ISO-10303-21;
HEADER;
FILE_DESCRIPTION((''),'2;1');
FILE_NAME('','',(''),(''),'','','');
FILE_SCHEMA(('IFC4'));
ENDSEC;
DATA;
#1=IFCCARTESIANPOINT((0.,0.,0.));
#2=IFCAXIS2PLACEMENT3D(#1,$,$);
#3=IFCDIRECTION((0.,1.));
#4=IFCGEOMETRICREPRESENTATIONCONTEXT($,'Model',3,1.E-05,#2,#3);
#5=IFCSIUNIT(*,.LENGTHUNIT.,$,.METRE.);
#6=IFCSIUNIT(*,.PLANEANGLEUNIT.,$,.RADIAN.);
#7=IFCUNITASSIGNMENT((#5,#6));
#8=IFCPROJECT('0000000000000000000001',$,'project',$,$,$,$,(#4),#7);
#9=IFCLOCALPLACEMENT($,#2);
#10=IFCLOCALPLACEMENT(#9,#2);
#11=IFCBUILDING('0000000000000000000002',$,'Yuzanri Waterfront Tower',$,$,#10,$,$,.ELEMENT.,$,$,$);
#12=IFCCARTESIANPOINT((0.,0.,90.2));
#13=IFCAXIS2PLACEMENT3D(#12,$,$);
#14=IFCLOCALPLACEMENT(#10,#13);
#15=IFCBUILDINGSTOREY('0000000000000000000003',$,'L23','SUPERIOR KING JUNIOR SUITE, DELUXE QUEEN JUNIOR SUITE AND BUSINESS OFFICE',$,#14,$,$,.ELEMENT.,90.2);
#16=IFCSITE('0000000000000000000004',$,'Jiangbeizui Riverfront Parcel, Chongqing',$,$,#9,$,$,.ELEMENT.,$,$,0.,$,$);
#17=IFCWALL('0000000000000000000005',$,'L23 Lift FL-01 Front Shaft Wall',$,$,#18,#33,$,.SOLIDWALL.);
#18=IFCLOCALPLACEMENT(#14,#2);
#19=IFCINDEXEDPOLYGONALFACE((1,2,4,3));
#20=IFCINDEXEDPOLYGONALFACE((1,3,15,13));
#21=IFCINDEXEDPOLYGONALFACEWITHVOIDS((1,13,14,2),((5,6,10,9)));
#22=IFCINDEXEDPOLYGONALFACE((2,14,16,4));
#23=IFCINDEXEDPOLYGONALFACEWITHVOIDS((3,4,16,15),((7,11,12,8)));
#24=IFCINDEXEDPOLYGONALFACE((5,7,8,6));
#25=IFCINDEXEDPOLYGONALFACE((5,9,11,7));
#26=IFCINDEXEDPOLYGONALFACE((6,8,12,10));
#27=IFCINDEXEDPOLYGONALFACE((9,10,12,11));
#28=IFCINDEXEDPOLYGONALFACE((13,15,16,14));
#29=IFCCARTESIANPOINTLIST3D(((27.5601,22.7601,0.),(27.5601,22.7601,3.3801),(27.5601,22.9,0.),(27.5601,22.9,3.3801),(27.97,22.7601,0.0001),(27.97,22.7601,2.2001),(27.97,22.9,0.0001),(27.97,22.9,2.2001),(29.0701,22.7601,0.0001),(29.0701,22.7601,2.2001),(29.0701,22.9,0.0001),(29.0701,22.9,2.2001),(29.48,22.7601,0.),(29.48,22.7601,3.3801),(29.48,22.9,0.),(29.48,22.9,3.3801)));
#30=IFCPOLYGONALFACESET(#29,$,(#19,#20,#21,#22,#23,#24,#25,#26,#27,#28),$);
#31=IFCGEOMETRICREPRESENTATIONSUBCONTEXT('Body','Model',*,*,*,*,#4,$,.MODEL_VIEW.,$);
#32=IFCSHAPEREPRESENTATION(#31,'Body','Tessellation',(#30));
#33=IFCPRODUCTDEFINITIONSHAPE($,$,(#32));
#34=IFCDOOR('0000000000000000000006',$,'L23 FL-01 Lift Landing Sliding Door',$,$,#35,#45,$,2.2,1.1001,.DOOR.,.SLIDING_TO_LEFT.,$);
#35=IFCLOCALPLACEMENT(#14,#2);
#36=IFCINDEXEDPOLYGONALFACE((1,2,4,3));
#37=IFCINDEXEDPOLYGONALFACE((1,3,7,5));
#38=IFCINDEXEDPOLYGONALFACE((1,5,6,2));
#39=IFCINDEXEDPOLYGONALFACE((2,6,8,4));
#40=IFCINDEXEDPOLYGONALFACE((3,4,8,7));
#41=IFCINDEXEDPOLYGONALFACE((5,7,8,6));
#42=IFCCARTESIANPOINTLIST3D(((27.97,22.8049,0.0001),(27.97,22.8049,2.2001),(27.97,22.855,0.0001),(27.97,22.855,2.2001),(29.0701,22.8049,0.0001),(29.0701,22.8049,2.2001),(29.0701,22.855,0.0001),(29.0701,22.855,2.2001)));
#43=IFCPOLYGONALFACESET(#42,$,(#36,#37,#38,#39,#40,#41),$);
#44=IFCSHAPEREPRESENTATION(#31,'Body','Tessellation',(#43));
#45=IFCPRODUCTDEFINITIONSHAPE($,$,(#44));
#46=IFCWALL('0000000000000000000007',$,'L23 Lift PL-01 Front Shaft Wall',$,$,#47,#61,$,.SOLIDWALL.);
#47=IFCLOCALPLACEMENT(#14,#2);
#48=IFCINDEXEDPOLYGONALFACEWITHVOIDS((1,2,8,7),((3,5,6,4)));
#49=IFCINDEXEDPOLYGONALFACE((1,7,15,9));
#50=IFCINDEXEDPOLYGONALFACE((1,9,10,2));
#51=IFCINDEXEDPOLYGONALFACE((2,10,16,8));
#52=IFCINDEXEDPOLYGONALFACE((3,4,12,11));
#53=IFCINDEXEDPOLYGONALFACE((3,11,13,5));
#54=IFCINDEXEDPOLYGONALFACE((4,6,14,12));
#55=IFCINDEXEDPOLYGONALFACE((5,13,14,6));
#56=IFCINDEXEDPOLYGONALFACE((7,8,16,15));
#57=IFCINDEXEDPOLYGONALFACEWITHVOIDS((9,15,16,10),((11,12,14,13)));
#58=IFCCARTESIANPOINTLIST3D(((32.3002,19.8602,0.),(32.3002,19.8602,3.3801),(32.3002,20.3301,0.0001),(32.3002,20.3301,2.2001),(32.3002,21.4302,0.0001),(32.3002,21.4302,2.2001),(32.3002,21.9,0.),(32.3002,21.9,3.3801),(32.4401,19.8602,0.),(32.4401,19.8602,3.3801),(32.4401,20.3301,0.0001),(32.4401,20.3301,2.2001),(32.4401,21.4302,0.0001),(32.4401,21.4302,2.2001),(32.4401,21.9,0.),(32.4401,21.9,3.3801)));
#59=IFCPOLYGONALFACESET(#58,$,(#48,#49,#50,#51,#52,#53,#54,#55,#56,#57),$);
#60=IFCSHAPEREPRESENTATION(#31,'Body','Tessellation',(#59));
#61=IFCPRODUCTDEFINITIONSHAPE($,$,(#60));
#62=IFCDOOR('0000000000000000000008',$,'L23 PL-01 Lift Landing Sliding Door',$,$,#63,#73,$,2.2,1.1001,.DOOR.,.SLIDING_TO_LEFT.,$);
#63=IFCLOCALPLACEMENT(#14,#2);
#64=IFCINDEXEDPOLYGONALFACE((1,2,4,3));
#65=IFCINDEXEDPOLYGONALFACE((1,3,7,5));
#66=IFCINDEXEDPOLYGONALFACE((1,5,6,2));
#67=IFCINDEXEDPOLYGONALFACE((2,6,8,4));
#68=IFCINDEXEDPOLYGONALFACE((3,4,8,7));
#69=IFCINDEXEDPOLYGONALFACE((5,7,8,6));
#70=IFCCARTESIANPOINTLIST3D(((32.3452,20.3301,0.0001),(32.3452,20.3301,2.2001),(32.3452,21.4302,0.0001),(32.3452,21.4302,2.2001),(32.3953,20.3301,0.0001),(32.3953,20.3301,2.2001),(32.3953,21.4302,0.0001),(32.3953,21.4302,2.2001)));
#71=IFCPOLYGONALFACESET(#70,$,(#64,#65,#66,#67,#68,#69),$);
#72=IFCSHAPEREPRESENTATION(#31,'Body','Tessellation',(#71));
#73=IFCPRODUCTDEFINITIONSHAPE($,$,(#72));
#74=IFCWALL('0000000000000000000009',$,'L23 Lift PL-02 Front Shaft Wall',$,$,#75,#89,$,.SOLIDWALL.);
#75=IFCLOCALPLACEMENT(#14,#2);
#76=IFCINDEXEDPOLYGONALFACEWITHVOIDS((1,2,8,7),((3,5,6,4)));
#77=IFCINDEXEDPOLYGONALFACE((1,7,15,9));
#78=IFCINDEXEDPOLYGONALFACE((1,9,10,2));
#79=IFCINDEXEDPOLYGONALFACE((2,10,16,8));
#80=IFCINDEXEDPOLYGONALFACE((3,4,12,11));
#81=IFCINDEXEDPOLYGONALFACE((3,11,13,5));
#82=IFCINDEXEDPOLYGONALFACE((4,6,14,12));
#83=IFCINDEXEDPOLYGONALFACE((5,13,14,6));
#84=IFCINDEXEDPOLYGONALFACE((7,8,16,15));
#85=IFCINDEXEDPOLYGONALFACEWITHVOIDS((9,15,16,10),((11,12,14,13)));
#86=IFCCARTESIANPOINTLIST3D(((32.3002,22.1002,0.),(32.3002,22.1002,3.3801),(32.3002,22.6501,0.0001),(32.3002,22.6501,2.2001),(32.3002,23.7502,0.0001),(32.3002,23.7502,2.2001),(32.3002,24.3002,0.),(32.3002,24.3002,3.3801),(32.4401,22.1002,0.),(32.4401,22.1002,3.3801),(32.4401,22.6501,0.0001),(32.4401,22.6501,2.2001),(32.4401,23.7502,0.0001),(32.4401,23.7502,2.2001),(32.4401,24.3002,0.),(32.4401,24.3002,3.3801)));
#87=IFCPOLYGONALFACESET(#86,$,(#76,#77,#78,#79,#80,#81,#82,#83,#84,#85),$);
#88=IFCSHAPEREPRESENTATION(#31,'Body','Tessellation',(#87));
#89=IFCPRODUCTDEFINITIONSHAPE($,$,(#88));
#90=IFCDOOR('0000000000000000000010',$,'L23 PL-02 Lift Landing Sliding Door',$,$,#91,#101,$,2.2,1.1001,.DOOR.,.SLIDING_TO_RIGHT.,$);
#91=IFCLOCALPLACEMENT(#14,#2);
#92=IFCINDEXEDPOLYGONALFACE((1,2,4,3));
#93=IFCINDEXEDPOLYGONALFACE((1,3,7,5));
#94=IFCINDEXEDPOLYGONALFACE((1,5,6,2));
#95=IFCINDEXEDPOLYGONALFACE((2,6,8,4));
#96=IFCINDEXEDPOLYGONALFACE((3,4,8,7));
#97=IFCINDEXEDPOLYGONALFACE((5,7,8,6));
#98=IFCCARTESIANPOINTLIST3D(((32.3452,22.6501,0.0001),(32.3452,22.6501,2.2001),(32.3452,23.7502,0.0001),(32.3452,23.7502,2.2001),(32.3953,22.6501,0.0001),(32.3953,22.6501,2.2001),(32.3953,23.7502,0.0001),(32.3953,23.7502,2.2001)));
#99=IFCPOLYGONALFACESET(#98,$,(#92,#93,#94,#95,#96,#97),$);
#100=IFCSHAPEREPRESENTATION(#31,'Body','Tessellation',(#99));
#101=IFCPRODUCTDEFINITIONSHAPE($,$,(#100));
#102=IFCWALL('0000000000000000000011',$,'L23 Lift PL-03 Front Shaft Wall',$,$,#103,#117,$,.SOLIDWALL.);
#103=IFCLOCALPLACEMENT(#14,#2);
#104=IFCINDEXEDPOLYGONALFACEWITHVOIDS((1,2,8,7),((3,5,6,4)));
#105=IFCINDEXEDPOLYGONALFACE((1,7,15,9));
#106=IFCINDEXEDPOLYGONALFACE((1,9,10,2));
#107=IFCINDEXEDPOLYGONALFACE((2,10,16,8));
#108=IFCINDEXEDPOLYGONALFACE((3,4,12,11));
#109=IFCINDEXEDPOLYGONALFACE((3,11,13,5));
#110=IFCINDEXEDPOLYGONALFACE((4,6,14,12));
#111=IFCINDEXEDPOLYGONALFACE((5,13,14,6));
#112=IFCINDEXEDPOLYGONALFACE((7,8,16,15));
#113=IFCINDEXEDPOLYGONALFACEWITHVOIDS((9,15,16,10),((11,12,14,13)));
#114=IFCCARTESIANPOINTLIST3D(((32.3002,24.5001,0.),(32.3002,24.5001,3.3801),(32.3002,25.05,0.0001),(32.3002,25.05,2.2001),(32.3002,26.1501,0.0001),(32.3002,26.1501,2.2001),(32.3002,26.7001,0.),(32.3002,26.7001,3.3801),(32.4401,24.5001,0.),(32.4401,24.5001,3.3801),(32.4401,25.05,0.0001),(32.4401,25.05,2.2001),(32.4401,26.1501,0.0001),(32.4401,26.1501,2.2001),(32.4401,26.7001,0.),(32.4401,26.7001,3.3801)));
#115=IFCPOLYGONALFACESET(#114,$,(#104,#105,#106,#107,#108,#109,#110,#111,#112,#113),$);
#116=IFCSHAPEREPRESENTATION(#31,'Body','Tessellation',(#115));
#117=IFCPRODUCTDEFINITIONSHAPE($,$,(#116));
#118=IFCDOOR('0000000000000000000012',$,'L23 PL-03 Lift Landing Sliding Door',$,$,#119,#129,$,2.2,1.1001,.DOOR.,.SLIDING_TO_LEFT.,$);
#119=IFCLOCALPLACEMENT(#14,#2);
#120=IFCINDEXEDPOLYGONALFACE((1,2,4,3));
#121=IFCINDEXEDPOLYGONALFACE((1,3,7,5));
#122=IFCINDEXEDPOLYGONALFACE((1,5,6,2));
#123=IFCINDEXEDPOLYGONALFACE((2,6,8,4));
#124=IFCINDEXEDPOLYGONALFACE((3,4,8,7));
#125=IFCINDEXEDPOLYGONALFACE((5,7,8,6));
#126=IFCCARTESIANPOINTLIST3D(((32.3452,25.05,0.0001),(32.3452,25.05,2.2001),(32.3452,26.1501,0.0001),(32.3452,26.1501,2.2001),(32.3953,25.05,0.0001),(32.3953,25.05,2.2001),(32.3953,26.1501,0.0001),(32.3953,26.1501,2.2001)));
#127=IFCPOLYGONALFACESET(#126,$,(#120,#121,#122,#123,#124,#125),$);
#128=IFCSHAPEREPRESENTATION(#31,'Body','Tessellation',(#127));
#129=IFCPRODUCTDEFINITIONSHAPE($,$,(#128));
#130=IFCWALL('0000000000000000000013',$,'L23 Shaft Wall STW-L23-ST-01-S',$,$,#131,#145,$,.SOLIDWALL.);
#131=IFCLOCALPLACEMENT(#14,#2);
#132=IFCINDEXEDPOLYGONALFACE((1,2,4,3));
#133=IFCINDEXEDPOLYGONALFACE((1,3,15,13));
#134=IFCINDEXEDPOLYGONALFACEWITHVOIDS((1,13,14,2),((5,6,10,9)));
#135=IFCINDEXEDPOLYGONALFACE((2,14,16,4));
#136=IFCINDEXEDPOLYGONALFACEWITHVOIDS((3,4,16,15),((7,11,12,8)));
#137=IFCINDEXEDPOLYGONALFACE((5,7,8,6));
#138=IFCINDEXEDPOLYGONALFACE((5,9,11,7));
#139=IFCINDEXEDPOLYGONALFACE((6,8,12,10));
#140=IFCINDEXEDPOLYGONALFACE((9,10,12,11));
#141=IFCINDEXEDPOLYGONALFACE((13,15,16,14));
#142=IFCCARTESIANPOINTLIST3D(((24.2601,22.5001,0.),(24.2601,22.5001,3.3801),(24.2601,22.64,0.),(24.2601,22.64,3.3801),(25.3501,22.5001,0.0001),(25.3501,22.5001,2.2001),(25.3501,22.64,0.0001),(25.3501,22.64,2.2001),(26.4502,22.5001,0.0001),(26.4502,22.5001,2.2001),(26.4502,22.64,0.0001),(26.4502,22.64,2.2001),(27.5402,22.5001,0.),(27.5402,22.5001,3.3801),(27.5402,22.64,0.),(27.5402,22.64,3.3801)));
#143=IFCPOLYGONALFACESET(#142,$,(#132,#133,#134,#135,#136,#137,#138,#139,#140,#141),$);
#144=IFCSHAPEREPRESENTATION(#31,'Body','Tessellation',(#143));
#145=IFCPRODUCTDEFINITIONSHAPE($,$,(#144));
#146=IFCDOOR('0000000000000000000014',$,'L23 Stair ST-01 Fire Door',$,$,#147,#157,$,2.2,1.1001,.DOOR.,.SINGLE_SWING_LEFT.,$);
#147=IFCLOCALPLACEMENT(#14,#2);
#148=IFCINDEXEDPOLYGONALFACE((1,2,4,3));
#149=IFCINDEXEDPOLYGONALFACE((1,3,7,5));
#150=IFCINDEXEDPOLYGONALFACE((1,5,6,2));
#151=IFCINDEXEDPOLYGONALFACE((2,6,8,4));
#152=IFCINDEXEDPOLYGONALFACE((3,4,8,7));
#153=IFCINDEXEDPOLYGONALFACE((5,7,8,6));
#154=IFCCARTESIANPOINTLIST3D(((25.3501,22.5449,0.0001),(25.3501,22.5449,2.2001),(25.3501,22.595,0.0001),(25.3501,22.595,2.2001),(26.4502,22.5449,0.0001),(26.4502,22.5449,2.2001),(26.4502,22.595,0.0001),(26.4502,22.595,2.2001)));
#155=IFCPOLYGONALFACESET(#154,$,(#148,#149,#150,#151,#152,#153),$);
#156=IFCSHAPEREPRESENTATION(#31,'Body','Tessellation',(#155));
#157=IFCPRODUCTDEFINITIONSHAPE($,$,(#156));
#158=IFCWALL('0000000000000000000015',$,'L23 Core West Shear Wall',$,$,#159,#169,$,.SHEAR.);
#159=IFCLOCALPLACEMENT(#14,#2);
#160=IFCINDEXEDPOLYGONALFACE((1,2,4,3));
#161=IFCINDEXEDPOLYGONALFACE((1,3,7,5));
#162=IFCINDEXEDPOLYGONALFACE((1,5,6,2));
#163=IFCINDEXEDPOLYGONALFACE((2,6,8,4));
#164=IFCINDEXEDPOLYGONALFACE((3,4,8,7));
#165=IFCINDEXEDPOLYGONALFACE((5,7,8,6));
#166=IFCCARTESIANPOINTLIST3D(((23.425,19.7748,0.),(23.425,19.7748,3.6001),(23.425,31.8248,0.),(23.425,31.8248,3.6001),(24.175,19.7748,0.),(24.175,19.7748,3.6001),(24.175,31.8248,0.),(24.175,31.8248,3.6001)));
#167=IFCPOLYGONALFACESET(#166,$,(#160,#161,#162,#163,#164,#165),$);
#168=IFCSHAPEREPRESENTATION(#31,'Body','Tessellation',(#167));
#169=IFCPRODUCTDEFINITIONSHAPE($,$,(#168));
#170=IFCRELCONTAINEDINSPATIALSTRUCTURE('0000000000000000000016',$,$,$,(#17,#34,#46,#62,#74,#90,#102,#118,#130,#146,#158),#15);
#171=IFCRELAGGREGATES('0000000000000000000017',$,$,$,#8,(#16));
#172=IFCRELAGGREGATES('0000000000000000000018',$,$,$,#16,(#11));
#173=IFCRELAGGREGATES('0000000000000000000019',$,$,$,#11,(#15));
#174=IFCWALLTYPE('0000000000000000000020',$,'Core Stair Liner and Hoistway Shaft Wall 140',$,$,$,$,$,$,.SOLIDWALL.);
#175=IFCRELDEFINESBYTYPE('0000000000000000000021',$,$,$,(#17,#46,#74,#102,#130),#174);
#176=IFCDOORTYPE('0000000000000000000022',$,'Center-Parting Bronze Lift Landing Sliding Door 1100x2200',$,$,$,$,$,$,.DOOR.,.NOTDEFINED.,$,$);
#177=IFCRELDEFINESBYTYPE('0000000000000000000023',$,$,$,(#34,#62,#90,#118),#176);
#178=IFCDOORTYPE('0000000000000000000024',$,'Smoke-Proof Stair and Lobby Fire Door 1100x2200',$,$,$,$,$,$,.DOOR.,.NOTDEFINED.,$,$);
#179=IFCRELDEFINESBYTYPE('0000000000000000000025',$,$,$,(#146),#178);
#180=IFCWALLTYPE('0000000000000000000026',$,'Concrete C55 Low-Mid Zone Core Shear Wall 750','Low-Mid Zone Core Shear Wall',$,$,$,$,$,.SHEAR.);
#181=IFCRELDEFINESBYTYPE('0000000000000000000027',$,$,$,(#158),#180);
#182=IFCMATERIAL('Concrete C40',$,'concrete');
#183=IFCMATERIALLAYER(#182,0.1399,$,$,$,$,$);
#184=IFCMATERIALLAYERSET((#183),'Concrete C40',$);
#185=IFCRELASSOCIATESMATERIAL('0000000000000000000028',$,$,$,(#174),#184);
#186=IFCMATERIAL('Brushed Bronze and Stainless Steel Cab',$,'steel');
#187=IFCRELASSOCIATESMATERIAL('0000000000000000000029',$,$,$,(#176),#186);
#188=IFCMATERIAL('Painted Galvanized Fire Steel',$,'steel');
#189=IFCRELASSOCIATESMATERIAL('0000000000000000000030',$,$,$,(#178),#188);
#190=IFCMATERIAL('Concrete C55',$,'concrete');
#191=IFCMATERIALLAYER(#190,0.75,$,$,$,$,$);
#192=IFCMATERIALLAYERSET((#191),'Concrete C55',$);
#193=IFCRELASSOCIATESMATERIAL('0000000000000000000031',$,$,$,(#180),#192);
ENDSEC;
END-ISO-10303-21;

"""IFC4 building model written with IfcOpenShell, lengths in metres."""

from ifc_helpers import new_model, si_unit, direction, frame, frame_2d, origin, place, context, subcontext, project, spatial, rectangle, extrude, source, transform, mapped, material, layer, layer_set, type_object, element, fill, save


model = new_model("IFC4")

# Units and contexts
model_context = context("Model", 3, precision=1e-05, world=origin(), true_north=direction((0.0, 1.0)))
body_context = subcontext(model_context, "Body", "Model", "MODEL_VIEW")
ifc_project = project(units=[si_unit("LENGTHUNIT", "METRE"), si_unit("PLANEANGLEUNIT", "RADIAN")], contexts=[model_context])

# Site, building, storey
site_placement = place(None, origin())
site = spatial("IfcSite", under=ifc_project, at=site_placement, Name="Jiangbeizui Riverfront Parcel, Chongqing", CompositionType="ELEMENT", RefElevation=0.0)
building_placement = place(site_placement, origin())
building = spatial("IfcBuilding", under=site, at=building_placement, Name="Yuzanri Waterfront Tower", CompositionType="ELEMENT")
storey_placement = place(building_placement, frame((0.0, 0.0, 90.2)))
storey = spatial("IfcBuildingStorey", under=building, at=storey_placement, Name="L23", Description="SUPERIOR KING JUNIOR SUITE, DELUXE QUEEN JUNIOR SUITE AND BUSINESS OFFICE", CompositionType="ELEMENT", Elevation=90.2)

# Walls, openings, doors
ifc_material_1 = material(Name="Concrete C40", Category="concrete")
ifc_layer_1 = layer(ifc_material_1, 0.1399)
ifc_layer_set_1 = layer_set([ifc_layer_1], Name="Concrete C40")
wall_type_1 = type_object("IfcWallType", Name="Core Stair Liner and Hoistway Shaft Wall 140", PredefinedType="SOLIDWALL", material=ifc_layer_set_1)
wall_1_placement = place(storey_placement, frame((27.5601, 22.8301, 0.0), z_axis=(0.0, 0.0, 1.0), x_axis=(1.0, 0.0, 0.0)))
wall_1 = element("IfcWall", 1, at=wall_1_placement, inside=storey, type_object=wall_type_1, Name="L23 Lift FL-01 Front Shaft Wall", PredefinedType="SOLIDWALL", context=body_context, shape_type="SweptSolid", body=[
    extrude(rectangle(XDim=1.9199, YDim=0.1399, at=frame_2d((0.96, 0.0))), origin(), (0.0, 0.0, 1.0), 3.3801),
])
opening_1_placement = place(wall_1_placement, frame((0.4099, 0.0, 0.0)))
opening_1 = element("IfcOpeningElement", 2, at=opening_1_placement, cuts=wall_1, PredefinedType="OPENING", context=body_context, shape_type="SweptSolid", body=[
    extrude(rectangle(XDim=1.1001, YDim=2.2, at=frame_2d((0.55, 1.1001))), frame((0.0, 0.085, 0.0), z_axis=(0.0, -1.0, 0.0), x_axis=(1.0, 0.0, 0.0)), (0.0, 0.0, 1.0), 0.1697),
])
ifc_material_2 = material(Name="Brushed Bronze and Stainless Steel Cab", Category="steel")
door_type_1 = type_object("IfcDoorType", Name="Center-Parting Bronze Lift Landing Sliding Door 1100x2200", OperationType="NOTDEFINED", PredefinedType="DOOR", material=ifc_material_2)
shared_shape_1 = source(origin(), body_context, "Body", "SweptSolid", [
    extrude(rectangle(XDim=1.1001, YDim=2.2, at=frame_2d((0.55, 1.1001))), frame((0.0, 0.0249, 0.0), z_axis=(0.0, -1.0, 0.0), x_axis=(1.0, 0.0, 0.0)), (0.0, 0.0, 1.0), 0.05),
])
door_1_placement = place(opening_1_placement, origin())
door_1 = element("IfcDoor", 3, at=door_1_placement, inside=storey, type_object=door_type_1, Name="L23 FL-01 Lift Landing Sliding Door", OperationType="SLIDING_TO_LEFT", OverallHeight=2.2, OverallWidth=1.1001, PredefinedType="DOOR", context=body_context, shape_type="MappedRepresentation", body=[
    mapped(shared_shape_1, transform((0.0, 0.0, 0.0), scale=1.0)),
])
fill(opening_1, door_1)
wall_2_placement = place(storey_placement, frame((32.3701, 19.8601, 0.0), z_axis=(0.0, 0.0, 1.0), x_axis=(0.0, 1.0, 0.0)))
wall_2 = element("IfcWall", 4, at=wall_2_placement, inside=storey, type_object=wall_type_1, Name="L23 Lift PL-01 Front Shaft Wall", PredefinedType="SOLIDWALL", context=body_context, shape_type="SweptSolid", body=[
    extrude(rectangle(XDim=2.0398, YDim=0.1399, at=frame_2d((1.02, 0.0))), origin(), (0.0, 0.0, 1.0), 3.3801),
])
opening_2_placement = place(wall_2_placement, frame((0.47, 0.0, 0.0)))
opening_2 = element("IfcOpeningElement", 5, at=opening_2_placement, cuts=wall_2, PredefinedType="OPENING", context=body_context, shape_type="SweptSolid", body=[
    extrude(rectangle(XDim=1.1001, YDim=2.2, at=frame_2d((0.55, 1.1001))), frame((0.0, 0.085, 0.0), z_axis=(0.0, -1.0, 0.0), x_axis=(1.0, 0.0, 0.0)), (0.0, 0.0, 1.0), 0.1697),
])
door_2_placement = place(opening_2_placement, origin())
door_2 = element("IfcDoor", 6, at=door_2_placement, inside=storey, type_object=door_type_1, Name="L23 PL-01 Lift Landing Sliding Door", OperationType="SLIDING_TO_LEFT", OverallHeight=2.2, OverallWidth=1.1001, PredefinedType="DOOR", context=body_context, shape_type="MappedRepresentation", body=[
    mapped(shared_shape_1, transform((0.0, 0.0, 0.0), scale=1.0)),
])
fill(opening_2, door_2)
wall_3_placement = place(storey_placement, frame((32.3701, 22.1001, 0.0), z_axis=(0.0, 0.0, 1.0), x_axis=(0.0, 1.0, 0.0)))
wall_3 = element("IfcWall", 7, at=wall_3_placement, inside=storey, type_object=wall_type_1, Name="L23 Lift PL-02 Front Shaft Wall", PredefinedType="SOLIDWALL", context=body_context, shape_type="SweptSolid", body=[
    extrude(rectangle(XDim=2.2, YDim=0.1399, at=frame_2d((1.1001, 0.0))), origin(), (0.0, 0.0, 1.0), 3.3801),
])
opening_3_placement = place(wall_3_placement, frame((0.55, 0.0, 0.0)))
opening_3 = element("IfcOpeningElement", 8, at=opening_3_placement, cuts=wall_3, PredefinedType="OPENING", context=body_context, shape_type="SweptSolid", body=[
    extrude(rectangle(XDim=1.1001, YDim=2.2, at=frame_2d((0.55, 1.1001))), frame((0.0, 0.085, 0.0), z_axis=(0.0, -1.0, 0.0), x_axis=(1.0, 0.0, 0.0)), (0.0, 0.0, 1.0), 0.1697),
])
door_3_placement = place(opening_3_placement, origin())
door_3 = element("IfcDoor", 9, at=door_3_placement, inside=storey, type_object=door_type_1, Name="L23 PL-02 Lift Landing Sliding Door", OperationType="SLIDING_TO_RIGHT", OverallHeight=2.2, OverallWidth=1.1001, PredefinedType="DOOR", context=body_context, shape_type="MappedRepresentation", body=[
    mapped(shared_shape_1, transform((0.0, 0.0, 0.0), scale=1.0)),
])
fill(opening_3, door_3)
wall_4_placement = place(storey_placement, frame((32.3701, 24.5, 0.0), z_axis=(0.0, 0.0, 1.0), x_axis=(0.0, 1.0, 0.0)))
wall_4 = element("IfcWall", 10, at=wall_4_placement, inside=storey, type_object=wall_type_1, Name="L23 Lift PL-03 Front Shaft Wall", PredefinedType="SOLIDWALL", context=body_context, shape_type="SweptSolid", body=[
    extrude(rectangle(XDim=2.2, YDim=0.1399, at=frame_2d((1.1001, 0.0))), origin(), (0.0, 0.0, 1.0), 3.3801),
])
opening_4_placement = place(wall_4_placement, frame((0.55, 0.0, 0.0)))
opening_4 = element("IfcOpeningElement", 11, at=opening_4_placement, cuts=wall_4, PredefinedType="OPENING", context=body_context, shape_type="SweptSolid", body=[
    extrude(rectangle(XDim=1.1001, YDim=2.2, at=frame_2d((0.55, 1.1001))), frame((0.0, 0.085, 0.0), z_axis=(0.0, -1.0, 0.0), x_axis=(1.0, 0.0, 0.0)), (0.0, 0.0, 1.0), 0.1697),
])
door_4_placement = place(opening_4_placement, origin())
door_4 = element("IfcDoor", 12, at=door_4_placement, inside=storey, type_object=door_type_1, Name="L23 PL-03 Lift Landing Sliding Door", OperationType="SLIDING_TO_LEFT", OverallHeight=2.2, OverallWidth=1.1001, PredefinedType="DOOR", context=body_context, shape_type="MappedRepresentation", body=[
    mapped(shared_shape_1, transform((0.0, 0.0, 0.0), scale=1.0)),
])
fill(opening_4, door_4)
wall_5_placement = place(storey_placement, frame((24.26, 22.5701, 0.0), z_axis=(0.0, 0.0, 1.0), x_axis=(1.0, 0.0, 0.0)))
wall_5 = element("IfcWall", 13, at=wall_5_placement, inside=storey, type_object=wall_type_1, Name="L23 Shaft Wall STW-L23-ST-01-S", PredefinedType="SOLIDWALL", context=body_context, shape_type="SweptSolid", body=[
    extrude(rectangle(XDim=3.28, YDim=0.1399, at=frame_2d((1.6401, 0.0))), origin(), (0.0, 0.0, 1.0), 3.3801),
])
opening_5_placement = place(wall_5_placement, frame((1.0901, 0.0, 0.0)))
opening_5 = element("IfcOpeningElement", 14, at=opening_5_placement, cuts=wall_5, PredefinedType="OPENING", context=body_context, shape_type="SweptSolid", body=[
    extrude(rectangle(XDim=1.1001, YDim=2.2, at=frame_2d((0.55, 1.1001))), frame((0.0, 0.085, 0.0), z_axis=(0.0, -1.0, 0.0), x_axis=(1.0, 0.0, 0.0)), (0.0, 0.0, 1.0), 0.1697),
])
ifc_material_3 = material(Name="Painted Galvanized Fire Steel", Category="steel")
door_type_2 = type_object("IfcDoorType", Name="Smoke-Proof Stair and Lobby Fire Door 1100x2200", OperationType="NOTDEFINED", PredefinedType="DOOR", material=ifc_material_3)
shared_shape_2 = source(origin(), body_context, "Body", "SweptSolid", [
    extrude(rectangle(XDim=1.1001, YDim=2.2, at=frame_2d((0.55, 1.1001))), frame((0.0, 0.0249, 0.0), z_axis=(0.0, -1.0, 0.0), x_axis=(1.0, 0.0, 0.0)), (0.0, 0.0, 1.0), 0.05),
])
door_5_placement = place(opening_5_placement, origin())
door_5 = element("IfcDoor", 15, at=door_5_placement, inside=storey, type_object=door_type_2, Name="L23 Stair ST-01 Fire Door", OperationType="SINGLE_SWING_LEFT", OverallHeight=2.2, OverallWidth=1.1001, PredefinedType="DOOR", context=body_context, shape_type="MappedRepresentation", body=[
    mapped(shared_shape_2, transform((0.0, 0.0, 0.0), scale=1.0)),
])
fill(opening_5, door_5)

# Wall
ifc_material_4 = material(Name="Concrete C55", Category="concrete")
ifc_layer_2 = layer(ifc_material_4, 0.75)
ifc_layer_set_2 = layer_set([ifc_layer_2], Name="Concrete C55")
wall_type_2 = type_object("IfcWallType", Name="Concrete C55 Low-Mid Zone Core Shear Wall 750", Description="Low-Mid Zone Core Shear Wall", PredefinedType="SHEAR", material=ifc_layer_set_2)
shared_shape_3 = source(origin(), body_context, "Body", "SweptSolid", [
    extrude(rectangle(XDim=12.05, YDim=0.75, at=frame_2d((6.0249, 0.0))), origin(), (0.0, 0.0, 1.0), 3.6001),
])
wall_6_placement = place(storey_placement, frame((23.8, 19.7749, 0.0), z_axis=(0.0, 0.0, 1.0), x_axis=(0.0, 1.0, 0.0)))
element("IfcWall", 16, at=wall_6_placement, inside=storey, type_object=wall_type_2, Name="L23 Core West Shear Wall", PredefinedType="SHEAR", context=body_context, shape_type="MappedRepresentation", body=[
    mapped(shared_shape_3, transform((0.0, 0.0, 0.0), scale=1.0)),
])

save(model, "model.ifc")
